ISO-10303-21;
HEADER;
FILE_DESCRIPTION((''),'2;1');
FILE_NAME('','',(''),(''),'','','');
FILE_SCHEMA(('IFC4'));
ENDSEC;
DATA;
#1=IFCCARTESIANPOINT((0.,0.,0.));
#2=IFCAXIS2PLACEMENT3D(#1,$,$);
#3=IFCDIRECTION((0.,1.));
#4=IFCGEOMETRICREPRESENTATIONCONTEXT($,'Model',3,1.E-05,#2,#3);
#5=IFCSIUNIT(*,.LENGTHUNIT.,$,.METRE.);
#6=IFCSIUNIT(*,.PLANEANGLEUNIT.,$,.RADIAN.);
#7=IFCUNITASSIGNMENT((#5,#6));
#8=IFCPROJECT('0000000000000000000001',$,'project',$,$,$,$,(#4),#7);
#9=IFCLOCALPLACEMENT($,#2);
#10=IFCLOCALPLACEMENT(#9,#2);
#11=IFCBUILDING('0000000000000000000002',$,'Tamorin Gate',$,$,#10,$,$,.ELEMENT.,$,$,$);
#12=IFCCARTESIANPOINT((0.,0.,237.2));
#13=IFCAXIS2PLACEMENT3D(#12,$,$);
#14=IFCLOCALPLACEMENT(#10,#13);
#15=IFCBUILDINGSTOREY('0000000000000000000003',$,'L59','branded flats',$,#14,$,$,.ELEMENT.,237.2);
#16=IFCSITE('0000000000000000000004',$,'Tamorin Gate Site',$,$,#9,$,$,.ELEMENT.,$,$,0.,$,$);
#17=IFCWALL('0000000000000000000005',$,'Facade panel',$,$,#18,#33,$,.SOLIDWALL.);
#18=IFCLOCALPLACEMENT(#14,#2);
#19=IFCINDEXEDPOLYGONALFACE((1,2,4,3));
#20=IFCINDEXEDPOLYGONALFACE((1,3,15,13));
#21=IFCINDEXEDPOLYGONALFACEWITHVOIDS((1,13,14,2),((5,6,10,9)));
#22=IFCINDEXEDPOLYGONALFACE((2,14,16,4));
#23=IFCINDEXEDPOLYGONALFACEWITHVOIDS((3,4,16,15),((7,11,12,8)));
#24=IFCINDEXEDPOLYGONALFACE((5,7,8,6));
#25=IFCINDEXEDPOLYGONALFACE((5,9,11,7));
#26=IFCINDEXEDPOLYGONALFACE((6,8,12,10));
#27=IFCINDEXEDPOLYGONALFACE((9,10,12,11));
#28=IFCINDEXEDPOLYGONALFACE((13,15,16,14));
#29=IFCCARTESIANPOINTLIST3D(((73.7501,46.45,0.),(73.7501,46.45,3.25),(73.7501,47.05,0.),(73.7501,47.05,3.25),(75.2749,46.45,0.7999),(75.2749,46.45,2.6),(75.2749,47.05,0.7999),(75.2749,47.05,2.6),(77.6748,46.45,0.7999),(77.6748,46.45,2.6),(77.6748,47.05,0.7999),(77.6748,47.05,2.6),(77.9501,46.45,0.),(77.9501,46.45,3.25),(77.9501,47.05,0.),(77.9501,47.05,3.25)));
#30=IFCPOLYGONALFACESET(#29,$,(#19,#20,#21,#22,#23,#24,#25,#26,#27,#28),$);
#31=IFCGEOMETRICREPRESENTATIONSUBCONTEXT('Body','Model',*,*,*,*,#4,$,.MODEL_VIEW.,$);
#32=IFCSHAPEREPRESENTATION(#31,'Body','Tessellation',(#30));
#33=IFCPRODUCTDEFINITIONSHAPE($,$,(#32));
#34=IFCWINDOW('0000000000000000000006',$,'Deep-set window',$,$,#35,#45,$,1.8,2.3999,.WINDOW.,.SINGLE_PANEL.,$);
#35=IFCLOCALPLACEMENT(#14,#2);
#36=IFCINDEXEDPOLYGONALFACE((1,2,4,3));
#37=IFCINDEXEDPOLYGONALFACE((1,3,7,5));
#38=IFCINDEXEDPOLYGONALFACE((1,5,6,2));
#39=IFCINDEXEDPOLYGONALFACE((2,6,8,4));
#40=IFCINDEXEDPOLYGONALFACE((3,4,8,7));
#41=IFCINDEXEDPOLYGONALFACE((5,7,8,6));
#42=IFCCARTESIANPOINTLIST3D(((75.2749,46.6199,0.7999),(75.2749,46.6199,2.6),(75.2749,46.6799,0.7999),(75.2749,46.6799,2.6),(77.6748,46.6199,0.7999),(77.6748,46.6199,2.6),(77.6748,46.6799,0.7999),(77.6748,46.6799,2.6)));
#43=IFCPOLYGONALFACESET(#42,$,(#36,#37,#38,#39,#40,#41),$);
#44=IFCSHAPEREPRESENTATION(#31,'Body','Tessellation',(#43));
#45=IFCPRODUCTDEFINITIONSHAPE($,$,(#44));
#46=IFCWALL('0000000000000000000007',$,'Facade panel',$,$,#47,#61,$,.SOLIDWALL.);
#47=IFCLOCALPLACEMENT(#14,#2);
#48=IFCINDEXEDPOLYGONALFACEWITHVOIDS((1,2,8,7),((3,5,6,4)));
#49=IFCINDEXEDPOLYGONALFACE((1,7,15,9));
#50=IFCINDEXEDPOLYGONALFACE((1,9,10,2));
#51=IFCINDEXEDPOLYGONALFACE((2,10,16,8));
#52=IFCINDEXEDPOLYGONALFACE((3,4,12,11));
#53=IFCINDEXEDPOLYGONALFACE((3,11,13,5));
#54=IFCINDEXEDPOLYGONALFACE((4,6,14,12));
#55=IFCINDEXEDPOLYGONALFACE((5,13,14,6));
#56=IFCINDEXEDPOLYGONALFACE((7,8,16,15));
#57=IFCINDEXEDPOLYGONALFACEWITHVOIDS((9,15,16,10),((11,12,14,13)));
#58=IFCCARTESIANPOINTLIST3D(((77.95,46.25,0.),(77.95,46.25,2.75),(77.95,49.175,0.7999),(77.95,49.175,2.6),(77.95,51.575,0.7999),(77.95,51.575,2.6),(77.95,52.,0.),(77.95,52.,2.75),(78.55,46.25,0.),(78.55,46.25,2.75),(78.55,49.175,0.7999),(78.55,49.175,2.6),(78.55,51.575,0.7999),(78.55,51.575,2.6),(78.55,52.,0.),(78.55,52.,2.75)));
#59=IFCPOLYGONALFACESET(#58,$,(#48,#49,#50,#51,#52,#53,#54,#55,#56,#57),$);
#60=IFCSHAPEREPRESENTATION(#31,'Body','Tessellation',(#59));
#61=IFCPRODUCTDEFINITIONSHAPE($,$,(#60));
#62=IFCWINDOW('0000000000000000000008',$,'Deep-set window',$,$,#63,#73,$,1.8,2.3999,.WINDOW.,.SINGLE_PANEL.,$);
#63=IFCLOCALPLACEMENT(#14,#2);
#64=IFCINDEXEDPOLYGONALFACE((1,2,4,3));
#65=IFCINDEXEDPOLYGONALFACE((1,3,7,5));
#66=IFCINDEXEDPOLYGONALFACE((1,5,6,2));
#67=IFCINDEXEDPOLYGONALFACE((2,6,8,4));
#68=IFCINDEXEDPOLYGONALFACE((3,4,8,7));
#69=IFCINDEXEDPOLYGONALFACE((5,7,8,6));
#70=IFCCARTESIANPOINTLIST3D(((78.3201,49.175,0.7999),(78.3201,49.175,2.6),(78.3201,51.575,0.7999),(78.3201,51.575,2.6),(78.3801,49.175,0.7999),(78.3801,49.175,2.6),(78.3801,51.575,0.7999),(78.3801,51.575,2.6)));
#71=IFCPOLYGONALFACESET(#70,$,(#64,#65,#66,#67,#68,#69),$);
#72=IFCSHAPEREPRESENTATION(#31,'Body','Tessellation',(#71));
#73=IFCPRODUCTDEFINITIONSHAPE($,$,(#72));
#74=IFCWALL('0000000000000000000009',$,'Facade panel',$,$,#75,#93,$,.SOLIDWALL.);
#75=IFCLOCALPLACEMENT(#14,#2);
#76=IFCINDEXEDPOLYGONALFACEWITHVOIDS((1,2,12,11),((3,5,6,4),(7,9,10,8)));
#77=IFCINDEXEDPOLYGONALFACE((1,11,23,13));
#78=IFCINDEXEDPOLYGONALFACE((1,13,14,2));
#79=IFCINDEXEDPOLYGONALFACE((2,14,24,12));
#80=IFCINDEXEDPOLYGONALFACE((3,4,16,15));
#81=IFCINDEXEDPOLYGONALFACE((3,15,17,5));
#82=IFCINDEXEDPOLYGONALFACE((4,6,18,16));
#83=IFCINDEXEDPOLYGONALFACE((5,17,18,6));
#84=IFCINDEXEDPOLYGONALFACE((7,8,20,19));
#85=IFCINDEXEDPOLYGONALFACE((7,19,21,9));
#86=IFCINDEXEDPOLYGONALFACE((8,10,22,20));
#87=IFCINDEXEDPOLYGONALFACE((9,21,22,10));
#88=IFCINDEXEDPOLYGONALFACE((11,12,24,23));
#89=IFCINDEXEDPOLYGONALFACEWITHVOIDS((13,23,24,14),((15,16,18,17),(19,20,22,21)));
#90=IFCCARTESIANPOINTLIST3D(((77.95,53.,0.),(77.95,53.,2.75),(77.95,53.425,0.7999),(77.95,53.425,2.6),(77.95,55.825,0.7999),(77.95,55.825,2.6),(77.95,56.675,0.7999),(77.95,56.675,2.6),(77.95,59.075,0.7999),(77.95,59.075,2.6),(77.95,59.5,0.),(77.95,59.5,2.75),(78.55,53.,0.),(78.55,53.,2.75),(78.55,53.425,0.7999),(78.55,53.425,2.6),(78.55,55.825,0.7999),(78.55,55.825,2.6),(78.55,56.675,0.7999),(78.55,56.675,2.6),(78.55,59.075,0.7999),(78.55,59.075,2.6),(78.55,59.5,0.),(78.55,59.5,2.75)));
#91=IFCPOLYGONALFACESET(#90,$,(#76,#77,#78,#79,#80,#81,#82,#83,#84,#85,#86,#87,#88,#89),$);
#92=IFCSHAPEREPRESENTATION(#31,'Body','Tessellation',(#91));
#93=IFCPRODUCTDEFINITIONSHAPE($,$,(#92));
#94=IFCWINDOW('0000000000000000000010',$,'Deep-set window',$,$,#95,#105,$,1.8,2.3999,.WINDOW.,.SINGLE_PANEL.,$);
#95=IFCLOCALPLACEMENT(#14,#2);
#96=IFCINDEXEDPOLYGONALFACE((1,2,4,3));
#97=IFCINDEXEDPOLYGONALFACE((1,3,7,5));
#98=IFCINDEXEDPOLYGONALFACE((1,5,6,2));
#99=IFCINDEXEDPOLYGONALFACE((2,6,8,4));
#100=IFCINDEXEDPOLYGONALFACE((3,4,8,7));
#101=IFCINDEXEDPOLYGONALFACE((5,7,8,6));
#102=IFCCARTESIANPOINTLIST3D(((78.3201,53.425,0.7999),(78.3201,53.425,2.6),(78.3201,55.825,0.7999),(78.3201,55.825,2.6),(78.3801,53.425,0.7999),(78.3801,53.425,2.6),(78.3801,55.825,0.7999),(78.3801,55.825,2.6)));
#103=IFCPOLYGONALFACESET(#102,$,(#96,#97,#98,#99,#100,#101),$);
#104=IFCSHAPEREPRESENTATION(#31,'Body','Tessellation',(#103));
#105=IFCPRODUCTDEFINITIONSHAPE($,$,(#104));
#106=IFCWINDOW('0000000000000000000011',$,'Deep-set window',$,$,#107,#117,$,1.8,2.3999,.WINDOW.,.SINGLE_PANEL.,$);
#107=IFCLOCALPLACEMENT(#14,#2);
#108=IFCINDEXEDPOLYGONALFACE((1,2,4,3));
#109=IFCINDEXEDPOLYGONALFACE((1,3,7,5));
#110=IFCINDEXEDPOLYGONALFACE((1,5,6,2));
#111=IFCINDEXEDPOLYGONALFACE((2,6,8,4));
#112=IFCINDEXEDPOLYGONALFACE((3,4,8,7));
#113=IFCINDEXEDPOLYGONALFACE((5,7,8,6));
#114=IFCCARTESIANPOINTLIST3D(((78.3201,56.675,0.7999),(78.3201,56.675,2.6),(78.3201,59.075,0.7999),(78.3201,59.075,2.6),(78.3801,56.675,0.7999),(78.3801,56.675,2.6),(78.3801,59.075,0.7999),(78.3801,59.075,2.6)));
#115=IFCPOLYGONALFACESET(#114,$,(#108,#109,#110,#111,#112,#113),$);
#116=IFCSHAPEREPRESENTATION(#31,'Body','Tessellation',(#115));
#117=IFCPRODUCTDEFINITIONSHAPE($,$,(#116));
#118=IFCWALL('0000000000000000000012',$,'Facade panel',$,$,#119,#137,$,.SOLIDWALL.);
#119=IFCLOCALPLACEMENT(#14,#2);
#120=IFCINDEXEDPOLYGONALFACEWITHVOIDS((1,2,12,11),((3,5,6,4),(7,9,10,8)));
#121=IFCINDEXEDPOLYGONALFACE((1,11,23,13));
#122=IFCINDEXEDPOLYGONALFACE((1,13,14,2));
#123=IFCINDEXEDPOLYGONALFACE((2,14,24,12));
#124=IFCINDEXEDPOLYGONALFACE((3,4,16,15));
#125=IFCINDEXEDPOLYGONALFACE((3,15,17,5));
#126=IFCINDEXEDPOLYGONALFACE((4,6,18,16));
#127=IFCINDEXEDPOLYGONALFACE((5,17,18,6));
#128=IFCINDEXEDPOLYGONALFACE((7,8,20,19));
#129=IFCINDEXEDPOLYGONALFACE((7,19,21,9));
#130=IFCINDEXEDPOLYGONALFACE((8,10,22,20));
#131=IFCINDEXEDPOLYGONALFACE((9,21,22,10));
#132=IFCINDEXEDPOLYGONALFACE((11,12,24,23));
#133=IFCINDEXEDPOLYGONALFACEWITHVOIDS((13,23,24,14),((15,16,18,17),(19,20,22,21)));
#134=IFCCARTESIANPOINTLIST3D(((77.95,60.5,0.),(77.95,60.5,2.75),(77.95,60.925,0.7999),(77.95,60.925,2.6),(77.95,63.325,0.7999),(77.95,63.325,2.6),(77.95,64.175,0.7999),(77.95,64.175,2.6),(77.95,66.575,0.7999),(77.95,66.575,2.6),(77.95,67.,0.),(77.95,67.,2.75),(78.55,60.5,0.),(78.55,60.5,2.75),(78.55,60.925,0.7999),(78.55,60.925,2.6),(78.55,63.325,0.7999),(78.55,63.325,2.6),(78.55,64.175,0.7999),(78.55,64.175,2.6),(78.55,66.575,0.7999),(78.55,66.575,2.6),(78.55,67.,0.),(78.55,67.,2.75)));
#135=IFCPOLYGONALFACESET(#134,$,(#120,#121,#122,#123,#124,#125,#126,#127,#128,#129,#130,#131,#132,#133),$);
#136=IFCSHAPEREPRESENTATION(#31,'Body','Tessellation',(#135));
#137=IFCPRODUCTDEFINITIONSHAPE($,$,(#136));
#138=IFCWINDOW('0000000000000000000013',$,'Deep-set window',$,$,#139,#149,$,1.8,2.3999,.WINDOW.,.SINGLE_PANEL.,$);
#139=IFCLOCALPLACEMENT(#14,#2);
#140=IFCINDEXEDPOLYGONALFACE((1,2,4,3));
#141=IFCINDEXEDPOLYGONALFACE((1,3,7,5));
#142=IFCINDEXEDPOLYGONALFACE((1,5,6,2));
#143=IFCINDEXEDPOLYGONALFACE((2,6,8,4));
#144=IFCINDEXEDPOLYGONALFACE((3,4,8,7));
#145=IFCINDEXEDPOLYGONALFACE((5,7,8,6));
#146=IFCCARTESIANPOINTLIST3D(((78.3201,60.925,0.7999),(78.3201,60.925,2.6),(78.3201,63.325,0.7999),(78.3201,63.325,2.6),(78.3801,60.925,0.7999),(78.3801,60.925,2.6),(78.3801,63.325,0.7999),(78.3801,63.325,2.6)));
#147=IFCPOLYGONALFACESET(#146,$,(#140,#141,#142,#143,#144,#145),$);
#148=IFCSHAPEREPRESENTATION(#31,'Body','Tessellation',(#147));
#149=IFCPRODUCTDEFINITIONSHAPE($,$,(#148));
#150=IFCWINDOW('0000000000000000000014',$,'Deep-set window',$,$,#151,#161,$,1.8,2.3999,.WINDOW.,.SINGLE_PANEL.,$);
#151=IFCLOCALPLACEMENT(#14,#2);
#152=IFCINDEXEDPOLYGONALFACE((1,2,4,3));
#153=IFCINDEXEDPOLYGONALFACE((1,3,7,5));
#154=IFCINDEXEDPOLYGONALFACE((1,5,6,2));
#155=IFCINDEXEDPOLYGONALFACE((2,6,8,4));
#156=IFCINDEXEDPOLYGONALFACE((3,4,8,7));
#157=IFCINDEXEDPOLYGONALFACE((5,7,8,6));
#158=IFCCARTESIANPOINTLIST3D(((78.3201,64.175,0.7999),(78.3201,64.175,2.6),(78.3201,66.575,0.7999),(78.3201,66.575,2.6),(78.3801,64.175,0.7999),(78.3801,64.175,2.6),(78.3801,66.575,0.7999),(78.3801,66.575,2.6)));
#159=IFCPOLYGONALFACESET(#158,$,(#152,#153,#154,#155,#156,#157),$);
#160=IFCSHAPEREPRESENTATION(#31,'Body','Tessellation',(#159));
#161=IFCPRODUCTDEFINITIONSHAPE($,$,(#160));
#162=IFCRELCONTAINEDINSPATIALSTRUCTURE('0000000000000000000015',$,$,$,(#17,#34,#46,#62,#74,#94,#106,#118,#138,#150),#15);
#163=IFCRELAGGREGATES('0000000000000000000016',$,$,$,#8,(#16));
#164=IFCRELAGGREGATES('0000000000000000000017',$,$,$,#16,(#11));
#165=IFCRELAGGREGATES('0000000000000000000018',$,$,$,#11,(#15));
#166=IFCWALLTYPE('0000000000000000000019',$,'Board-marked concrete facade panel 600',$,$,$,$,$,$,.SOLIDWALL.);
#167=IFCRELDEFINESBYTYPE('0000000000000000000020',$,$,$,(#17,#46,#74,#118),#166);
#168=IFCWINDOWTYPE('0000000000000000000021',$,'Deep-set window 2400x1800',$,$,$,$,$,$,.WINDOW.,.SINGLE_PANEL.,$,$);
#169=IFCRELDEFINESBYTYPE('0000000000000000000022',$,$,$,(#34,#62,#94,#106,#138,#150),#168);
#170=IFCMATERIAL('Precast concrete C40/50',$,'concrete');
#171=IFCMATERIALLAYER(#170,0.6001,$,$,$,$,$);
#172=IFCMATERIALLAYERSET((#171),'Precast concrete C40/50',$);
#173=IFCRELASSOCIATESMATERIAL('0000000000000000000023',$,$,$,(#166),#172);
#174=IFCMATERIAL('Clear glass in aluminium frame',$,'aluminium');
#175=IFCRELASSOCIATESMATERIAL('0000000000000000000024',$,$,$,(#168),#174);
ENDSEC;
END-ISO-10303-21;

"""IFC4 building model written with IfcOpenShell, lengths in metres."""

from ifc_helpers import new_model, si_unit, direction, frame, frame_2d, origin, place, context, subcontext, project, spatial, rectangle, extrude, material, layer, layer_set, type_object, element, fill, save


model = new_model("IFC4")

# Units and contexts
model_context = context("Model", 3, precision=1e-05, world=origin(), true_north=direction((0.0, 1.0)))
body_context = subcontext(model_context, "Body", "Model", "MODEL_VIEW")
ifc_project = project(units=[si_unit("LENGTHUNIT", "METRE"), si_unit("PLANEANGLEUNIT", "RADIAN")], contexts=[model_context])

# Site, building, storey
site_placement = place(None, origin())
site = spatial("IfcSite", under=ifc_project, at=site_placement, Name="Tamorin Gate Site", CompositionType="ELEMENT", RefElevation=0.0)
building_placement = place(site_placement, origin())
building = spatial("IfcBuilding", under=site, at=building_placement, Name="Tamorin Gate", CompositionType="ELEMENT")
storey_placement = place(building_placement, frame((0.0, 0.0, 237.2)))
storey = spatial("IfcBuildingStorey", under=building, at=storey_placement, Name="L59", Description="branded flats", CompositionType="ELEMENT", Elevation=237.2)

# Walls, openings, windows
ifc_material_1 = material(Name="Precast concrete C40/50", Category="concrete")
ifc_layer = layer(ifc_material_1, 0.6001)
ifc_layer_set = layer_set([ifc_layer], Name="Precast concrete C40/50")
wall_type = type_object("IfcWallType", Name="Board-marked concrete facade panel 600", PredefinedType="SOLIDWALL", material=ifc_layer_set)
ifc_material_2 = material(Name="Clear glass in aluminium frame", Category="aluminium")
window_type = type_object("IfcWindowType", Name="Deep-set window 2400x1800", PartitioningType="SINGLE_PANEL", PredefinedType="WINDOW", material=ifc_material_2)
wall_1_placement = place(storey_placement, frame((73.75, 46.75, 0.0), z_axis=(0.0, 0.0, 1.0), x_axis=(1.0, 0.0, 0.0)))
wall_1 = element("IfcWall", 1, at=wall_1_placement, inside=storey, type_object=wall_type, Name="Facade panel", PredefinedType="SOLIDWALL", context=body_context, shape_type="SweptSolid", body=[
    extrude(rectangle(XDim=4.2, YDim=0.6001, at=frame_2d((2.1001, 0.0))), origin(), (0.0, 0.0, 1.0), 3.25),
])
opening_1_placement = place(wall_1_placement, frame((1.5249, 0.0, 0.8)))
opening_1 = element("IfcOpeningElement", 2, at=opening_1_placement, cuts=wall_1, PredefinedType="OPENING", context=body_context, shape_type="SweptSolid", body=[
    extrude(rectangle(XDim=2.3999, YDim=1.8, at=frame_2d((1.2, 0.8999))), frame((0.0, 0.3101, 0.0), z_axis=(0.0, -1.0, 0.0), x_axis=(1.0, 0.0, 0.0)), (0.0, 0.0, 1.0), 0.6201),
])
window_1_placement = place(opening_1_placement, origin())
window_1 = element("IfcWindow", 3, at=window_1_placement, inside=storey, type_object=window_type, Name="Deep-set window", OverallHeight=1.8, OverallWidth=2.3999, PartitioningType="SINGLE_PANEL", PredefinedType="WINDOW", context=body_context, shape_type="SweptSolid", body=[
    extrude(rectangle(XDim=2.3999, YDim=1.8, at=frame_2d((1.2, 0.8999))), frame((0.0, -0.0701, 0.0), z_axis=(0.0, -1.0, 0.0), x_axis=(1.0, 0.0, 0.0)), (0.0, 0.0, 1.0), 0.0601),
])
fill(opening_1, window_1)
wall_2_placement = place(storey_placement, frame((78.25, 46.25, 0.0), z_axis=(0.0, 0.0, 1.0), x_axis=(0.0, 1.0, 0.0)))
wall_2 = element("IfcWall", 4, at=wall_2_placement, inside=storey, type_object=wall_type, Name="Facade panel", PredefinedType="SOLIDWALL", context=body_context, shape_type="SweptSolid", body=[
    extrude(rectangle(XDim=5.75, YDim=0.6001, at=frame_2d((2.875, 0.0))), origin(), (0.0, 0.0, 1.0), 2.75),
])
opening_2_placement = place(wall_2_placement, frame((2.925, 0.0, 0.8)))
opening_2 = element("IfcOpeningElement", 5, at=opening_2_placement, cuts=wall_2, PredefinedType="OPENING", context=body_context, shape_type="SweptSolid", body=[
    extrude(rectangle(XDim=2.3999, YDim=1.8, at=frame_2d((1.2, 0.8999))), frame((0.0, 0.3101, 0.0), z_axis=(0.0, -1.0, 0.0), x_axis=(1.0, 0.0, 0.0)), (0.0, 0.0, 1.0), 0.6201),
])
window_2_placement = place(opening_2_placement, origin())
window_2 = element("IfcWindow", 6, at=window_2_placement, inside=storey, type_object=window_type, Name="Deep-set window", OverallHeight=1.8, OverallWidth=2.3999, PartitioningType="SINGLE_PANEL", PredefinedType="WINDOW", context=body_context, shape_type="SweptSolid", body=[
    extrude(rectangle(XDim=2.3999, YDim=1.8, at=frame_2d((1.2, 0.8999))), frame((0.0, -0.0701, 0.0), z_axis=(0.0, -1.0, 0.0), x_axis=(1.0, 0.0, 0.0)), (0.0, 0.0, 1.0), 0.0601),
])
fill(opening_2, window_2)

# Walls, openings, windows
wall_3_placement = place(storey_placement, frame((78.25, 53.0, 0.0), z_axis=(0.0, 0.0, 1.0), x_axis=(0.0, 1.0, 0.0)))
wall_3 = element("IfcWall", 7, at=wall_3_placement, inside=storey, type_object=wall_type, Name="Facade panel", PredefinedType="SOLIDWALL", context=body_context, shape_type="SweptSolid", body=[
    extrude(rectangle(XDim=6.5, YDim=0.6001, at=frame_2d((3.25, 0.0))), origin(), (0.0, 0.0, 1.0), 2.75),
])
opening_3_placement = place(wall_3_placement, frame((0.425, 0.0, 0.8)))
opening_3 = element("IfcOpeningElement", 8, at=opening_3_placement, cuts=wall_3, PredefinedType="OPENING", context=body_context, shape_type="SweptSolid", body=[
    extrude(rectangle(XDim=2.3999, YDim=1.8, at=frame_2d((1.2, 0.8999))), frame((0.0, 0.3101, 0.0), z_axis=(0.0, -1.0, 0.0), x_axis=(1.0, 0.0, 0.0)), (0.0, 0.0, 1.0), 0.6201),
])
opening_4_placement = place(wall_3_placement, frame((3.675, 0.0, 0.8)))
opening_4 = element("IfcOpeningElement", 9, at=opening_4_placement, cuts=wall_3, PredefinedType="OPENING", context=body_context, shape_type="SweptSolid", body=[
    extrude(rectangle(XDim=2.3999, YDim=1.8, at=frame_2d((1.2, 0.8999))), frame((0.0, 0.3101, 0.0), z_axis=(0.0, -1.0, 0.0), x_axis=(1.0, 0.0, 0.0)), (0.0, 0.0, 1.0), 0.6201),
])
window_3_placement = place(opening_3_placement, origin())
window_3 = element("IfcWindow", 10, at=window_3_placement, inside=storey, type_object=window_type, Name="Deep-set window", OverallHeight=1.8, OverallWidth=2.3999, PartitioningType="SINGLE_PANEL", PredefinedType="WINDOW", context=body_context, shape_type="SweptSolid", body=[
    extrude(rectangle(XDim=2.3999, YDim=1.8, at=frame_2d((1.2, 0.8999))), frame((0.0, -0.0701, 0.0), z_axis=(0.0, -1.0, 0.0), x_axis=(1.0, 0.0, 0.0)), (0.0, 0.0, 1.0), 0.0601),
])
fill(opening_3, window_3)
window_4_placement = place(opening_4_placement, origin())
window_4 = element("IfcWindow", 11, at=window_4_placement, inside=storey, type_object=window_type, Name="Deep-set window", OverallHeight=1.8, OverallWidth=2.3999, PartitioningType="SINGLE_PANEL", PredefinedType="WINDOW", context=body_context, shape_type="SweptSolid", body=[
    extrude(rectangle(XDim=2.3999, YDim=1.8, at=frame_2d((1.2, 0.8999))), frame((0.0, -0.0701, 0.0), z_axis=(0.0, -1.0, 0.0), x_axis=(1.0, 0.0, 0.0)), (0.0, 0.0, 1.0), 0.0601),
])
fill(opening_4, window_4)
wall_4_placement = place(storey_placement, frame((78.25, 60.5, 0.0), z_axis=(0.0, 0.0, 1.0), x_axis=(0.0, 1.0, 0.0)))
wall_4 = element("IfcWall", 12, at=wall_4_placement, inside=storey, type_object=wall_type, Name="Facade panel", PredefinedType="SOLIDWALL", context=body_context, shape_type="SweptSolid", body=[
    extrude(rectangle(XDim=6.5, YDim=0.6001, at=frame_2d((3.25, 0.0))), origin(), (0.0, 0.0, 1.0), 2.75),
])
opening_5_placement = place(wall_4_placement, frame((0.425, 0.0, 0.8)))
opening_5 = element("IfcOpeningElement", 13, at=opening_5_placement, cuts=wall_4, PredefinedType="OPENING", context=body_context, shape_type="SweptSolid", body=[
    extrude(rectangle(XDim=2.3999, YDim=1.8, at=frame_2d((1.2, 0.8999))), frame((0.0, 0.3101, 0.0), z_axis=(0.0, -1.0, 0.0), x_axis=(1.0, 0.0, 0.0)), (0.0, 0.0, 1.0), 0.6201),
])
opening_6_placement = place(wall_4_placement, frame((3.675, 0.0, 0.8)))
opening_6 = element("IfcOpeningElement", 14, at=opening_6_placement, cuts=wall_4, PredefinedType="OPENING", context=body_context, shape_type="SweptSolid", body=[
    extrude(rectangle(XDim=2.3999, YDim=1.8, at=frame_2d((1.2, 0.8999))), frame((0.0, 0.3101, 0.0), z_axis=(0.0, -1.0, 0.0), x_axis=(1.0, 0.0, 0.0)), (0.0, 0.0, 1.0), 0.6201),
])
window_5_placement = place(opening_5_placement, origin())
window_5 = element("IfcWindow", 15, at=window_5_placement, inside=storey, type_object=window_type, Name="Deep-set window", OverallHeight=1.8, OverallWidth=2.3999, PartitioningType="SINGLE_PANEL", PredefinedType="WINDOW", context=body_context, shape_type="SweptSolid", body=[
    extrude(rectangle(XDim=2.3999, YDim=1.8, at=frame_2d((1.2, 0.8999))), frame((0.0, -0.0701, 0.0), z_axis=(0.0, -1.0, 0.0), x_axis=(1.0, 0.0, 0.0)), (0.0, 0.0, 1.0), 0.0601),
])
fill(opening_5, window_5)
window_6_placement = place(opening_6_placement, origin())
window_6 = element("IfcWindow", 16, at=window_6_placement, inside=storey, type_object=window_type, Name="Deep-set window", OverallHeight=1.8, OverallWidth=2.3999, PartitioningType="SINGLE_PANEL", PredefinedType="WINDOW", context=body_context, shape_type="SweptSolid", body=[
    extrude(rectangle(XDim=2.3999, YDim=1.8, at=frame_2d((1.2, 0.8999))), frame((0.0, -0.0701, 0.0), z_axis=(0.0, -1.0, 0.0), x_axis=(1.0, 0.0, 0.0)), (0.0, 0.0, 1.0), 0.0601),
])
fill(opening_6, window_6)

save(model, "model.ifc")
